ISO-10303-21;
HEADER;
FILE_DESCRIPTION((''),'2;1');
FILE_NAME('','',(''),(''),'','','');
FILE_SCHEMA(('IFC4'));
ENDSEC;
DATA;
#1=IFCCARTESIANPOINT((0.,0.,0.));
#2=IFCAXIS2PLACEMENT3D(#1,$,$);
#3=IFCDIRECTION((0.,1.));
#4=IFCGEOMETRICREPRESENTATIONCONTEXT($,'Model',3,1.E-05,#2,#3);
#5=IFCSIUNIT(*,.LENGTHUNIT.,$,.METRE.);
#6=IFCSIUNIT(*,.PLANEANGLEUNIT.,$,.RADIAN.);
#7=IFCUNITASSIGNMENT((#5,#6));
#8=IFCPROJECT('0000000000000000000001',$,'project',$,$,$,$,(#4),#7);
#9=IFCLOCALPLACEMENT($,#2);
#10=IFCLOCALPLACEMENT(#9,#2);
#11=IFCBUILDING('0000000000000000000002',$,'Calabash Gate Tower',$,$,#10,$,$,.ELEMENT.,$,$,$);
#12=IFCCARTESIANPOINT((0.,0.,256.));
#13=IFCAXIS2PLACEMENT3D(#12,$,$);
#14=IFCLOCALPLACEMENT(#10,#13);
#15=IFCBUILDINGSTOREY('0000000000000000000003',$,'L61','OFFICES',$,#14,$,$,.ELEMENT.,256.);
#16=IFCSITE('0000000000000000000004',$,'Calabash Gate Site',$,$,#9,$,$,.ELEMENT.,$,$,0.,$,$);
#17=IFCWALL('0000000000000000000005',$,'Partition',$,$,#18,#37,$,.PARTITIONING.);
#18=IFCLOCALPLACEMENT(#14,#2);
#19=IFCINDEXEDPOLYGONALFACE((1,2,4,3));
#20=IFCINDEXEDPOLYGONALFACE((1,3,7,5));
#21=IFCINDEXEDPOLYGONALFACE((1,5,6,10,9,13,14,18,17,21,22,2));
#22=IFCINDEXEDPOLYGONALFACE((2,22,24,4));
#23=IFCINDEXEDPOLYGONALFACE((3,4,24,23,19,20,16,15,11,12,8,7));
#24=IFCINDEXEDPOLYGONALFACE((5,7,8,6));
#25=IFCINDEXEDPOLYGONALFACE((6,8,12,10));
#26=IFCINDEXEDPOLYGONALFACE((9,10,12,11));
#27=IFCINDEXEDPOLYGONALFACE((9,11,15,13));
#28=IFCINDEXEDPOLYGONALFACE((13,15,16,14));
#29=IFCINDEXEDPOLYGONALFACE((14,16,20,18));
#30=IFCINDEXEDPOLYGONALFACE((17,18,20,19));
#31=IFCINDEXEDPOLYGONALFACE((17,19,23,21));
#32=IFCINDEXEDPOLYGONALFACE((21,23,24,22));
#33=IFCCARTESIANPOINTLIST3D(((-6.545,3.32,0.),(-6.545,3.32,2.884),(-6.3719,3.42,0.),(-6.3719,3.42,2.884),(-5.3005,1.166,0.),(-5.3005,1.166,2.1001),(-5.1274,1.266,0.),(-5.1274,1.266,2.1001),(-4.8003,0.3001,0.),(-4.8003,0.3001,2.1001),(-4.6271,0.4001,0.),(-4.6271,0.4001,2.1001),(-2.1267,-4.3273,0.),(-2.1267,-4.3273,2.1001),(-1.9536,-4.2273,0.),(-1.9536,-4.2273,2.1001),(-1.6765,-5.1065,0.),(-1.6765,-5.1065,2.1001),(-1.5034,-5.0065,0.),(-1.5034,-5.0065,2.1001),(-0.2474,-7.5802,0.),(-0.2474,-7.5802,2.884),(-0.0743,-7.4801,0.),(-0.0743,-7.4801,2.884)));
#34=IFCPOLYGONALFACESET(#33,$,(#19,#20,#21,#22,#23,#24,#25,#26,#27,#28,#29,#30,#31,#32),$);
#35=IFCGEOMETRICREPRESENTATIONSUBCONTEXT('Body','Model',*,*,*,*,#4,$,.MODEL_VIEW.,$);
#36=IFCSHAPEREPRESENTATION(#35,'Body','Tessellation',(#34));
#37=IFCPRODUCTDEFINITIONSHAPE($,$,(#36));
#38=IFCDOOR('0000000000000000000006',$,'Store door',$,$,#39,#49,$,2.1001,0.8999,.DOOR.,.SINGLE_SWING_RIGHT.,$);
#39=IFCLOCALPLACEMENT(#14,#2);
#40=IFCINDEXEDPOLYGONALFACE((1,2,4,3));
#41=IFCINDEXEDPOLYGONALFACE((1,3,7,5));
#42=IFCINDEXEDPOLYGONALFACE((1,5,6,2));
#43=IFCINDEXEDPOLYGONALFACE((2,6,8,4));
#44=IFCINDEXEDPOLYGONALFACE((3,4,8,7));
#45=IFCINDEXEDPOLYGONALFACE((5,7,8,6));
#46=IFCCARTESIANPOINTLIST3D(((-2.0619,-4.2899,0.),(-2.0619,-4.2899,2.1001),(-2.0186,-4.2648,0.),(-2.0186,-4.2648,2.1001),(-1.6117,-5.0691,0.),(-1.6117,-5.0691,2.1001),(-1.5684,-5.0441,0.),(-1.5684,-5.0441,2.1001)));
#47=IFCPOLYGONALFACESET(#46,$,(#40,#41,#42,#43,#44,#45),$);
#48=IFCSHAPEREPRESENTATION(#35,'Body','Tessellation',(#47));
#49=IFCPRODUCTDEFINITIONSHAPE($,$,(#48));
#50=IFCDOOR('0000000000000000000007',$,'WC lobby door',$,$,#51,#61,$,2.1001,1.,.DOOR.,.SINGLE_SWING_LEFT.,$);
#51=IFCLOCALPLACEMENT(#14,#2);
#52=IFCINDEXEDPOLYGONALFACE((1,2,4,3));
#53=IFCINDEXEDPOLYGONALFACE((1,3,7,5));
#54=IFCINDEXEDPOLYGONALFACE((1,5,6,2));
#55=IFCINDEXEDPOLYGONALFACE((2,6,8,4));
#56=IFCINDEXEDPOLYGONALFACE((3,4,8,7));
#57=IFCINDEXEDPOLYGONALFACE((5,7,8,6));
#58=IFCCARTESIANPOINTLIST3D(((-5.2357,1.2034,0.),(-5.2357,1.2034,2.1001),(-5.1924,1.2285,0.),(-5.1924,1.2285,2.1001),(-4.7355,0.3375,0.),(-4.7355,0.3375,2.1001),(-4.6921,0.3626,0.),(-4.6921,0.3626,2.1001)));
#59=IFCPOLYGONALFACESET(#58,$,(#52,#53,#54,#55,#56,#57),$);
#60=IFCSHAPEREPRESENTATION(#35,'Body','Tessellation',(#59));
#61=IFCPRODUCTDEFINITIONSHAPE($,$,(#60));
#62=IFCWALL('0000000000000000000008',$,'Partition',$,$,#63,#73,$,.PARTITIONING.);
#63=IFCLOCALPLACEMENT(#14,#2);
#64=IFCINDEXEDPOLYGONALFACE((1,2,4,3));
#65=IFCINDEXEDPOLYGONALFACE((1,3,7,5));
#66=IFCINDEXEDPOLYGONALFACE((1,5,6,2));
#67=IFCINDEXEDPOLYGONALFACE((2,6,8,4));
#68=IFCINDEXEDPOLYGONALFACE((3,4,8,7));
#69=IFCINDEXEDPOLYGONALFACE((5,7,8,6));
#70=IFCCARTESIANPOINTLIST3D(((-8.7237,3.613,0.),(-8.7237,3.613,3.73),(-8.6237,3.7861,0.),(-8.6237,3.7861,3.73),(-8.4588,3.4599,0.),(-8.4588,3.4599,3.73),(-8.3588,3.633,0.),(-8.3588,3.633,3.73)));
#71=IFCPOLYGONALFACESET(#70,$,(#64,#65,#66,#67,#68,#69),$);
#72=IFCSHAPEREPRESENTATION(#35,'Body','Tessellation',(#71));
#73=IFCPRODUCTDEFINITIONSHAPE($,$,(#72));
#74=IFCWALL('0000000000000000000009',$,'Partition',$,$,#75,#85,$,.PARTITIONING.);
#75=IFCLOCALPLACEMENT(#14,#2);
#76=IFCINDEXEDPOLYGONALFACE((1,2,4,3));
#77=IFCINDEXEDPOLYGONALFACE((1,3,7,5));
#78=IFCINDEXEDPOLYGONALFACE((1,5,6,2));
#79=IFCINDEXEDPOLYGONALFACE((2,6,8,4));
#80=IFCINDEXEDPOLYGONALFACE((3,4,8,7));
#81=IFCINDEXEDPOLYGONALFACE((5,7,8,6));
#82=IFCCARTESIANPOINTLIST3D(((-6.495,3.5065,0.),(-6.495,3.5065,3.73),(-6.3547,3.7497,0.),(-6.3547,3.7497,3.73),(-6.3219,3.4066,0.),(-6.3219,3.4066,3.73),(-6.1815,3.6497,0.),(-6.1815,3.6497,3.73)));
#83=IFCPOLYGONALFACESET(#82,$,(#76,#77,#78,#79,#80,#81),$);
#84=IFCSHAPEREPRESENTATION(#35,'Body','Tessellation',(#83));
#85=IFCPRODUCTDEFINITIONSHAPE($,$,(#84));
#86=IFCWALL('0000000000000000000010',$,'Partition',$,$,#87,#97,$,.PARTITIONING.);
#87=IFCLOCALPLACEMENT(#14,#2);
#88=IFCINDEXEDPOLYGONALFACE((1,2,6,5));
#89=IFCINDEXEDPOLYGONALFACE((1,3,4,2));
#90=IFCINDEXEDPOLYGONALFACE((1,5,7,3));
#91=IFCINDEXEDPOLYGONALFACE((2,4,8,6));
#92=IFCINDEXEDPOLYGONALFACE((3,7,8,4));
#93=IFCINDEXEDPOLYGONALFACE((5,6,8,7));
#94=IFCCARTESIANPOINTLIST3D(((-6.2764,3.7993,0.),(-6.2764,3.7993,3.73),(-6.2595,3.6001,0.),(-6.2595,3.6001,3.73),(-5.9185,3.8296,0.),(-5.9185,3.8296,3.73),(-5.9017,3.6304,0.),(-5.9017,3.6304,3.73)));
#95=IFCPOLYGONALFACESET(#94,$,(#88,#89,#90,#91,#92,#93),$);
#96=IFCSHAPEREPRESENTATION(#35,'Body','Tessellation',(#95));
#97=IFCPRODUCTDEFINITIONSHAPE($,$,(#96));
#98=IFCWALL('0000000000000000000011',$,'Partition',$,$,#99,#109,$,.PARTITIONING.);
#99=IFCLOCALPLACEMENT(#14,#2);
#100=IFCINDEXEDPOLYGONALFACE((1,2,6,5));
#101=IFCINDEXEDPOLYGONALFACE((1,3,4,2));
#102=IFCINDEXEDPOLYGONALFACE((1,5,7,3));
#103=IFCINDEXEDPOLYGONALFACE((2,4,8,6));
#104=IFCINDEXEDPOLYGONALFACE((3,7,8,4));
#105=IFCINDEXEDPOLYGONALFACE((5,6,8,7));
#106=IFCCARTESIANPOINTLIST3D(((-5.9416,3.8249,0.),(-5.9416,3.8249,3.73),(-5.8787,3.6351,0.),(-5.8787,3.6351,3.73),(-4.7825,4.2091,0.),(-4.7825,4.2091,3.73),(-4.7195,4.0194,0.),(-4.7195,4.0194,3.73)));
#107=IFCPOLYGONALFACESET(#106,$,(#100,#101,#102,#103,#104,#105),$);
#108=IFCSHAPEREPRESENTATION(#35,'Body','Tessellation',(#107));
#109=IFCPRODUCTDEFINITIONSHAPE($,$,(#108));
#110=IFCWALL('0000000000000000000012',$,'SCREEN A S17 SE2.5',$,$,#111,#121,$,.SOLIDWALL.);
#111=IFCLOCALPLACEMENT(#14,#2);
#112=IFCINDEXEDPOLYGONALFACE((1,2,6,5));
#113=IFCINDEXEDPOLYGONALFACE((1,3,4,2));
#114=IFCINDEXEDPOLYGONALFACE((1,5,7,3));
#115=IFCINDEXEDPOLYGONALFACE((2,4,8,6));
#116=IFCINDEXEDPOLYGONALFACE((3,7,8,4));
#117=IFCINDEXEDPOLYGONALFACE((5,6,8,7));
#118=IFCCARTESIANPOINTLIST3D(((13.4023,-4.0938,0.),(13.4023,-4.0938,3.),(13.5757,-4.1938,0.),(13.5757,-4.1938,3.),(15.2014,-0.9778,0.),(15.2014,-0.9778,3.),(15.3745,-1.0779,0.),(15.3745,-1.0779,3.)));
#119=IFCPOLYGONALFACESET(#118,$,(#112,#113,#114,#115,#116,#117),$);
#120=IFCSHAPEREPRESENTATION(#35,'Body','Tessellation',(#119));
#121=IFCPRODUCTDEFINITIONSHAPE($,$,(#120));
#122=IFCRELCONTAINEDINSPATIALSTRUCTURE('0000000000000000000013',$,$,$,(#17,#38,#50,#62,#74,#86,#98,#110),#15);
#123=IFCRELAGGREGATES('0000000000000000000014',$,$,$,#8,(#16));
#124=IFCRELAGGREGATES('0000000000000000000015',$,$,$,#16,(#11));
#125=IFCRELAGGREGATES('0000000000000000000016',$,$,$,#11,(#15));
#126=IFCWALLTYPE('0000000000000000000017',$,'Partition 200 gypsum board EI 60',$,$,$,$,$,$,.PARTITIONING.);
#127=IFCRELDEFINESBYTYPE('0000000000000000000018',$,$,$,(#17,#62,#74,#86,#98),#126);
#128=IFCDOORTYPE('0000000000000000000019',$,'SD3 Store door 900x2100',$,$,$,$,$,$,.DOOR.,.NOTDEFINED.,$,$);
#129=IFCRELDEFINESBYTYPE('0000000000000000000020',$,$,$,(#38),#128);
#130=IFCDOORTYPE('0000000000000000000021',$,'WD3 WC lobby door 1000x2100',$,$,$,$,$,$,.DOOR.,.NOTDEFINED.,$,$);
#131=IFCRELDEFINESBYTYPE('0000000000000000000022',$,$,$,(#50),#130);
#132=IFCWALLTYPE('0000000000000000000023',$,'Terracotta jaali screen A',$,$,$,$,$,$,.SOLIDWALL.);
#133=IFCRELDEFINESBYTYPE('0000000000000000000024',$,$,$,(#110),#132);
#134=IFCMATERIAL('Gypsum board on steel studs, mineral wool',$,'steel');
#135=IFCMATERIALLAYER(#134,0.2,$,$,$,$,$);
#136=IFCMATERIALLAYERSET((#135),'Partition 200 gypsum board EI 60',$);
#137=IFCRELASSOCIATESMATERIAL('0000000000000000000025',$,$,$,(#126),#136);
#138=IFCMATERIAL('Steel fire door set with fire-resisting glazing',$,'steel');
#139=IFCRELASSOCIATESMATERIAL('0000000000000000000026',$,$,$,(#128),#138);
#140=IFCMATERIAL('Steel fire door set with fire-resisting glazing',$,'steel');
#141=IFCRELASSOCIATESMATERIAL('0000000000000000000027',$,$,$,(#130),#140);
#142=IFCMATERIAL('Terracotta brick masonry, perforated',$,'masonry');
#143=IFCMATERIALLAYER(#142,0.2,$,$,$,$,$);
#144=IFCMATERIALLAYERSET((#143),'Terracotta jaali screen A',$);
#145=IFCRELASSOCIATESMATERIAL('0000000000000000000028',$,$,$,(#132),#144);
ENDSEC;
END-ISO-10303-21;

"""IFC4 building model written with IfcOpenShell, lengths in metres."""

from ifc_helpers import new_model, si_unit, direction, frame, frame_2d, origin, place, context, subcontext, project, spatial, polyline, rectangle, outline, extrude, material, layer, layer_set, type_object, element, fill, save


model = new_model("IFC4")

# Units and contexts
model_context = context("Model", 3, precision=1e-05, world=origin(), true_north=direction((0.0, 1.0)))
body_context = subcontext(model_context, "Body", "Model", "MODEL_VIEW")
ifc_project = project(units=[si_unit("LENGTHUNIT", "METRE"), si_unit("PLANEANGLEUNIT", "RADIAN")], contexts=[model_context])

# Site, building, storey
site_placement = place(None, origin())
site = spatial("IfcSite", under=ifc_project, at=site_placement, Name="Calabash Gate Site", CompositionType="ELEMENT", RefElevation=0.0)
building_placement = place(site_placement, origin())
building = spatial("IfcBuilding", under=site, at=building_placement, Name="Calabash Gate Tower", CompositionType="ELEMENT")
storey_placement = place(building_placement, frame((0.0, 0.0, 256.0)))
storey = spatial("IfcBuildingStorey", under=building, at=storey_placement, Name="L61", Description="OFFICES", CompositionType="ELEMENT", Elevation=256.0)

# Shared definitions
ifc_material_1 = material(Name="Gypsum board on steel studs, mineral wool", Category="steel")
ifc_layer_1 = layer(ifc_material_1, 0.2)
ifc_layer_set_1 = layer_set([ifc_layer_1], Name="Partition 200 gypsum board EI 60")
wall_type_1 = type_object("IfcWallType", Name="Partition 200 gypsum board EI 60", PredefinedType="PARTITIONING", material=ifc_layer_set_1)

# Wall, openings, doors
wall_1_placement = place(storey_placement, frame((-6.4585, 3.3701, 0.0), z_axis=(0.0, 0.0, 1.0), x_axis=(0.500262, -0.865874, 0.0)))
wall_1 = element("IfcWall", 1, at=wall_1_placement, inside=storey, type_object=wall_type_1, Name="Partition", PredefinedType="PARTITIONING", context=body_context, shape_type="SweptSolid", body=[
    extrude(rectangle(XDim=12.5886, YDim=0.2, at=frame_2d((6.2944, 0.0))), origin(), (0.0, 0.0, 1.0), 2.884),
])
opening_1_placement = place(wall_1_placement, frame((8.832, 0.0, 0.0)))
opening_1 = element("IfcOpeningElement", 2, at=opening_1_placement, cuts=wall_1, PredefinedType="OPENING", context=body_context, shape_type="SweptSolid", body=[
    extrude(rectangle(XDim=0.8999, YDim=2.1001, at=frame_2d((0.45, 1.05))), frame((0.0, 0.1099, 0.0), z_axis=(0.0, -1.0, 0.0), x_axis=(1.0, 0.0, 0.0)), (0.0, 0.0, 1.0), 0.22),
])
opening_2_placement = place(wall_1_placement, frame((2.4878, 0.0, 0.0)))
opening_2 = element("IfcOpeningElement", 3, at=opening_2_placement, cuts=wall_1, PredefinedType="OPENING", context=body_context, shape_type="SweptSolid", body=[
    extrude(rectangle(XDim=1.0, YDim=2.1001, at=frame_2d((0.5, 1.05))), frame((0.0, 0.1099, 0.0), z_axis=(0.0, -1.0, 0.0), x_axis=(1.0, 0.0, 0.0)), (0.0, 0.0, 1.0), 0.22),
])
ifc_material_2 = material(Name="Steel fire door set with fire-resisting glazing", Category="steel")
door_type_1 = type_object("IfcDoorType", Name="SD3 Store door 900x2100", OperationType="NOTDEFINED", PredefinedType="DOOR", material=ifc_material_2)
door_1_placement = place(opening_1_placement, origin())
door_1 = element("IfcDoor", 4, at=door_1_placement, inside=storey, type_object=door_type_1, Name="Store door", OperationType="SINGLE_SWING_RIGHT", OverallHeight=2.1001, OverallWidth=0.8999, PredefinedType="DOOR", context=body_context, shape_type="SweptSolid", body=[
    extrude(rectangle(XDim=0.8999, YDim=2.1001, at=frame_2d((0.45, 1.05))), frame((0.0, 0.0249, 0.0), z_axis=(0.0, -1.0, 0.0), x_axis=(1.0, 0.0, 0.0)), (0.0, 0.0, 1.0), 0.05),
])
fill(opening_1, door_1)
ifc_material_3 = material(Name="Steel fire door set with fire-resisting glazing", Category="steel")
door_type_2 = type_object("IfcDoorType", Name="WD3 WC lobby door 1000x2100", OperationType="NOTDEFINED", PredefinedType="DOOR", material=ifc_material_3)
door_2_placement = place(opening_2_placement, origin())
door_2 = element("IfcDoor", 5, at=door_2_placement, inside=storey, type_object=door_type_2, Name="WC lobby door", OperationType="SINGLE_SWING_LEFT", OverallHeight=2.1001, OverallWidth=1.0, PredefinedType="DOOR", context=body_context, shape_type="SweptSolid", body=[
    extrude(rectangle(XDim=1.0, YDim=2.1001, at=frame_2d((0.5, 1.05))), frame((0.0, 0.0249, 0.0), z_axis=(0.0, -1.0, 0.0), x_axis=(1.0, 0.0, 0.0)), (0.0, 0.0, 1.0), 0.05),
])
fill(opening_2, door_2)

# Walls
wall_2_placement = place(storey_placement, frame((-8.6736, 3.6995, 0.0), z_axis=(0.0, 0.0, 1.0), x_axis=(0.865827, -0.500344, 0.0)))
element("IfcWall", 6, at=wall_2_placement, inside=storey, type_object=wall_type_1, Name="Partition", PredefinedType="PARTITIONING", context=body_context, shape_type="SweptSolid", body=[
    extrude(rectangle(XDim=0.3059, YDim=0.2, at=frame_2d((0.1528, 0.0))), origin(), (0.0, 0.0, 1.0), 3.73),
])
wall_3_placement = place(storey_placement, frame((-6.4084, 3.4565, 0.0), z_axis=(0.0, 0.0, 1.0), x_axis=(0.499973, 0.866041, 0.0)))
element("IfcWall", 7, at=wall_3_placement, inside=storey, type_object=wall_type_1, Name="Partition", PredefinedType="PARTITIONING", context=body_context, shape_type="SweptSolid", body=[
    extrude(rectangle(XDim=0.2808, YDim=0.2, at=frame_2d((0.1404, 0.0))), origin(), (0.0, 0.0, 1.0), 3.73),
])
wall_4_placement = place(storey_placement, frame((-6.2681, 3.6997, 0.0), z_axis=(0.0, 0.0, 1.0), x_axis=(0.996442, 0.084283, 0.0)))
element("IfcWall", 8, at=wall_4_placement, inside=storey, type_object=wall_type_1, Name="Partition", PredefinedType="PARTITIONING", context=body_context, shape_type="SweptSolid", body=[
    extrude(rectangle(XDim=0.3591, YDim=0.2, at=frame_2d((0.1797, 0.0))), origin(), (0.0, 0.0, 1.0), 3.73),
])
wall_5_placement = place(storey_placement, frame((-5.9102, 3.73, 0.0), z_axis=(0.0, 0.0, 1.0), x_axis=(0.949202, 0.314668, 0.0)))
element("IfcWall", 9, at=wall_5_placement, inside=storey, type_object=wall_type_1, Name="Partition", PredefinedType="PARTITIONING", context=body_context, shape_type="SweptSolid", body=[
    extrude(rectangle(XDim=1.2212, YDim=0.2, at=frame_2d((0.6106, 0.0))), origin(), (0.0, 0.0, 1.0), 3.73),
])
ifc_material_4 = material(Name="Terracotta brick masonry, perforated", Category="masonry")
ifc_layer_2 = layer(ifc_material_4, 0.2)
ifc_layer_set_2 = layer_set([ifc_layer_2], Name="Terracotta jaali screen A")
wall_type_2 = type_object("IfcWallType", Name="Terracotta jaali screen A", PredefinedType="SOLIDWALL", material=ifc_layer_set_2)
wall_6_placement = place(storey_placement, origin())
element("IfcWall", 10, at=wall_6_placement, inside=storey, type_object=wall_type_2, Name="SCREEN A S17 SE2.5", PredefinedType="SOLIDWALL", context=body_context, shape_type="SweptSolid", body=[
    extrude(outline(polyline([(15.2014, -0.9778), (13.4023, -4.0938), (13.5757, -4.1938), (15.3745, -1.0779), (15.2014, -0.9778)])), origin(), (0.0, 0.0, 1.0), 3.0),
])

save(model, "model.ifc")
